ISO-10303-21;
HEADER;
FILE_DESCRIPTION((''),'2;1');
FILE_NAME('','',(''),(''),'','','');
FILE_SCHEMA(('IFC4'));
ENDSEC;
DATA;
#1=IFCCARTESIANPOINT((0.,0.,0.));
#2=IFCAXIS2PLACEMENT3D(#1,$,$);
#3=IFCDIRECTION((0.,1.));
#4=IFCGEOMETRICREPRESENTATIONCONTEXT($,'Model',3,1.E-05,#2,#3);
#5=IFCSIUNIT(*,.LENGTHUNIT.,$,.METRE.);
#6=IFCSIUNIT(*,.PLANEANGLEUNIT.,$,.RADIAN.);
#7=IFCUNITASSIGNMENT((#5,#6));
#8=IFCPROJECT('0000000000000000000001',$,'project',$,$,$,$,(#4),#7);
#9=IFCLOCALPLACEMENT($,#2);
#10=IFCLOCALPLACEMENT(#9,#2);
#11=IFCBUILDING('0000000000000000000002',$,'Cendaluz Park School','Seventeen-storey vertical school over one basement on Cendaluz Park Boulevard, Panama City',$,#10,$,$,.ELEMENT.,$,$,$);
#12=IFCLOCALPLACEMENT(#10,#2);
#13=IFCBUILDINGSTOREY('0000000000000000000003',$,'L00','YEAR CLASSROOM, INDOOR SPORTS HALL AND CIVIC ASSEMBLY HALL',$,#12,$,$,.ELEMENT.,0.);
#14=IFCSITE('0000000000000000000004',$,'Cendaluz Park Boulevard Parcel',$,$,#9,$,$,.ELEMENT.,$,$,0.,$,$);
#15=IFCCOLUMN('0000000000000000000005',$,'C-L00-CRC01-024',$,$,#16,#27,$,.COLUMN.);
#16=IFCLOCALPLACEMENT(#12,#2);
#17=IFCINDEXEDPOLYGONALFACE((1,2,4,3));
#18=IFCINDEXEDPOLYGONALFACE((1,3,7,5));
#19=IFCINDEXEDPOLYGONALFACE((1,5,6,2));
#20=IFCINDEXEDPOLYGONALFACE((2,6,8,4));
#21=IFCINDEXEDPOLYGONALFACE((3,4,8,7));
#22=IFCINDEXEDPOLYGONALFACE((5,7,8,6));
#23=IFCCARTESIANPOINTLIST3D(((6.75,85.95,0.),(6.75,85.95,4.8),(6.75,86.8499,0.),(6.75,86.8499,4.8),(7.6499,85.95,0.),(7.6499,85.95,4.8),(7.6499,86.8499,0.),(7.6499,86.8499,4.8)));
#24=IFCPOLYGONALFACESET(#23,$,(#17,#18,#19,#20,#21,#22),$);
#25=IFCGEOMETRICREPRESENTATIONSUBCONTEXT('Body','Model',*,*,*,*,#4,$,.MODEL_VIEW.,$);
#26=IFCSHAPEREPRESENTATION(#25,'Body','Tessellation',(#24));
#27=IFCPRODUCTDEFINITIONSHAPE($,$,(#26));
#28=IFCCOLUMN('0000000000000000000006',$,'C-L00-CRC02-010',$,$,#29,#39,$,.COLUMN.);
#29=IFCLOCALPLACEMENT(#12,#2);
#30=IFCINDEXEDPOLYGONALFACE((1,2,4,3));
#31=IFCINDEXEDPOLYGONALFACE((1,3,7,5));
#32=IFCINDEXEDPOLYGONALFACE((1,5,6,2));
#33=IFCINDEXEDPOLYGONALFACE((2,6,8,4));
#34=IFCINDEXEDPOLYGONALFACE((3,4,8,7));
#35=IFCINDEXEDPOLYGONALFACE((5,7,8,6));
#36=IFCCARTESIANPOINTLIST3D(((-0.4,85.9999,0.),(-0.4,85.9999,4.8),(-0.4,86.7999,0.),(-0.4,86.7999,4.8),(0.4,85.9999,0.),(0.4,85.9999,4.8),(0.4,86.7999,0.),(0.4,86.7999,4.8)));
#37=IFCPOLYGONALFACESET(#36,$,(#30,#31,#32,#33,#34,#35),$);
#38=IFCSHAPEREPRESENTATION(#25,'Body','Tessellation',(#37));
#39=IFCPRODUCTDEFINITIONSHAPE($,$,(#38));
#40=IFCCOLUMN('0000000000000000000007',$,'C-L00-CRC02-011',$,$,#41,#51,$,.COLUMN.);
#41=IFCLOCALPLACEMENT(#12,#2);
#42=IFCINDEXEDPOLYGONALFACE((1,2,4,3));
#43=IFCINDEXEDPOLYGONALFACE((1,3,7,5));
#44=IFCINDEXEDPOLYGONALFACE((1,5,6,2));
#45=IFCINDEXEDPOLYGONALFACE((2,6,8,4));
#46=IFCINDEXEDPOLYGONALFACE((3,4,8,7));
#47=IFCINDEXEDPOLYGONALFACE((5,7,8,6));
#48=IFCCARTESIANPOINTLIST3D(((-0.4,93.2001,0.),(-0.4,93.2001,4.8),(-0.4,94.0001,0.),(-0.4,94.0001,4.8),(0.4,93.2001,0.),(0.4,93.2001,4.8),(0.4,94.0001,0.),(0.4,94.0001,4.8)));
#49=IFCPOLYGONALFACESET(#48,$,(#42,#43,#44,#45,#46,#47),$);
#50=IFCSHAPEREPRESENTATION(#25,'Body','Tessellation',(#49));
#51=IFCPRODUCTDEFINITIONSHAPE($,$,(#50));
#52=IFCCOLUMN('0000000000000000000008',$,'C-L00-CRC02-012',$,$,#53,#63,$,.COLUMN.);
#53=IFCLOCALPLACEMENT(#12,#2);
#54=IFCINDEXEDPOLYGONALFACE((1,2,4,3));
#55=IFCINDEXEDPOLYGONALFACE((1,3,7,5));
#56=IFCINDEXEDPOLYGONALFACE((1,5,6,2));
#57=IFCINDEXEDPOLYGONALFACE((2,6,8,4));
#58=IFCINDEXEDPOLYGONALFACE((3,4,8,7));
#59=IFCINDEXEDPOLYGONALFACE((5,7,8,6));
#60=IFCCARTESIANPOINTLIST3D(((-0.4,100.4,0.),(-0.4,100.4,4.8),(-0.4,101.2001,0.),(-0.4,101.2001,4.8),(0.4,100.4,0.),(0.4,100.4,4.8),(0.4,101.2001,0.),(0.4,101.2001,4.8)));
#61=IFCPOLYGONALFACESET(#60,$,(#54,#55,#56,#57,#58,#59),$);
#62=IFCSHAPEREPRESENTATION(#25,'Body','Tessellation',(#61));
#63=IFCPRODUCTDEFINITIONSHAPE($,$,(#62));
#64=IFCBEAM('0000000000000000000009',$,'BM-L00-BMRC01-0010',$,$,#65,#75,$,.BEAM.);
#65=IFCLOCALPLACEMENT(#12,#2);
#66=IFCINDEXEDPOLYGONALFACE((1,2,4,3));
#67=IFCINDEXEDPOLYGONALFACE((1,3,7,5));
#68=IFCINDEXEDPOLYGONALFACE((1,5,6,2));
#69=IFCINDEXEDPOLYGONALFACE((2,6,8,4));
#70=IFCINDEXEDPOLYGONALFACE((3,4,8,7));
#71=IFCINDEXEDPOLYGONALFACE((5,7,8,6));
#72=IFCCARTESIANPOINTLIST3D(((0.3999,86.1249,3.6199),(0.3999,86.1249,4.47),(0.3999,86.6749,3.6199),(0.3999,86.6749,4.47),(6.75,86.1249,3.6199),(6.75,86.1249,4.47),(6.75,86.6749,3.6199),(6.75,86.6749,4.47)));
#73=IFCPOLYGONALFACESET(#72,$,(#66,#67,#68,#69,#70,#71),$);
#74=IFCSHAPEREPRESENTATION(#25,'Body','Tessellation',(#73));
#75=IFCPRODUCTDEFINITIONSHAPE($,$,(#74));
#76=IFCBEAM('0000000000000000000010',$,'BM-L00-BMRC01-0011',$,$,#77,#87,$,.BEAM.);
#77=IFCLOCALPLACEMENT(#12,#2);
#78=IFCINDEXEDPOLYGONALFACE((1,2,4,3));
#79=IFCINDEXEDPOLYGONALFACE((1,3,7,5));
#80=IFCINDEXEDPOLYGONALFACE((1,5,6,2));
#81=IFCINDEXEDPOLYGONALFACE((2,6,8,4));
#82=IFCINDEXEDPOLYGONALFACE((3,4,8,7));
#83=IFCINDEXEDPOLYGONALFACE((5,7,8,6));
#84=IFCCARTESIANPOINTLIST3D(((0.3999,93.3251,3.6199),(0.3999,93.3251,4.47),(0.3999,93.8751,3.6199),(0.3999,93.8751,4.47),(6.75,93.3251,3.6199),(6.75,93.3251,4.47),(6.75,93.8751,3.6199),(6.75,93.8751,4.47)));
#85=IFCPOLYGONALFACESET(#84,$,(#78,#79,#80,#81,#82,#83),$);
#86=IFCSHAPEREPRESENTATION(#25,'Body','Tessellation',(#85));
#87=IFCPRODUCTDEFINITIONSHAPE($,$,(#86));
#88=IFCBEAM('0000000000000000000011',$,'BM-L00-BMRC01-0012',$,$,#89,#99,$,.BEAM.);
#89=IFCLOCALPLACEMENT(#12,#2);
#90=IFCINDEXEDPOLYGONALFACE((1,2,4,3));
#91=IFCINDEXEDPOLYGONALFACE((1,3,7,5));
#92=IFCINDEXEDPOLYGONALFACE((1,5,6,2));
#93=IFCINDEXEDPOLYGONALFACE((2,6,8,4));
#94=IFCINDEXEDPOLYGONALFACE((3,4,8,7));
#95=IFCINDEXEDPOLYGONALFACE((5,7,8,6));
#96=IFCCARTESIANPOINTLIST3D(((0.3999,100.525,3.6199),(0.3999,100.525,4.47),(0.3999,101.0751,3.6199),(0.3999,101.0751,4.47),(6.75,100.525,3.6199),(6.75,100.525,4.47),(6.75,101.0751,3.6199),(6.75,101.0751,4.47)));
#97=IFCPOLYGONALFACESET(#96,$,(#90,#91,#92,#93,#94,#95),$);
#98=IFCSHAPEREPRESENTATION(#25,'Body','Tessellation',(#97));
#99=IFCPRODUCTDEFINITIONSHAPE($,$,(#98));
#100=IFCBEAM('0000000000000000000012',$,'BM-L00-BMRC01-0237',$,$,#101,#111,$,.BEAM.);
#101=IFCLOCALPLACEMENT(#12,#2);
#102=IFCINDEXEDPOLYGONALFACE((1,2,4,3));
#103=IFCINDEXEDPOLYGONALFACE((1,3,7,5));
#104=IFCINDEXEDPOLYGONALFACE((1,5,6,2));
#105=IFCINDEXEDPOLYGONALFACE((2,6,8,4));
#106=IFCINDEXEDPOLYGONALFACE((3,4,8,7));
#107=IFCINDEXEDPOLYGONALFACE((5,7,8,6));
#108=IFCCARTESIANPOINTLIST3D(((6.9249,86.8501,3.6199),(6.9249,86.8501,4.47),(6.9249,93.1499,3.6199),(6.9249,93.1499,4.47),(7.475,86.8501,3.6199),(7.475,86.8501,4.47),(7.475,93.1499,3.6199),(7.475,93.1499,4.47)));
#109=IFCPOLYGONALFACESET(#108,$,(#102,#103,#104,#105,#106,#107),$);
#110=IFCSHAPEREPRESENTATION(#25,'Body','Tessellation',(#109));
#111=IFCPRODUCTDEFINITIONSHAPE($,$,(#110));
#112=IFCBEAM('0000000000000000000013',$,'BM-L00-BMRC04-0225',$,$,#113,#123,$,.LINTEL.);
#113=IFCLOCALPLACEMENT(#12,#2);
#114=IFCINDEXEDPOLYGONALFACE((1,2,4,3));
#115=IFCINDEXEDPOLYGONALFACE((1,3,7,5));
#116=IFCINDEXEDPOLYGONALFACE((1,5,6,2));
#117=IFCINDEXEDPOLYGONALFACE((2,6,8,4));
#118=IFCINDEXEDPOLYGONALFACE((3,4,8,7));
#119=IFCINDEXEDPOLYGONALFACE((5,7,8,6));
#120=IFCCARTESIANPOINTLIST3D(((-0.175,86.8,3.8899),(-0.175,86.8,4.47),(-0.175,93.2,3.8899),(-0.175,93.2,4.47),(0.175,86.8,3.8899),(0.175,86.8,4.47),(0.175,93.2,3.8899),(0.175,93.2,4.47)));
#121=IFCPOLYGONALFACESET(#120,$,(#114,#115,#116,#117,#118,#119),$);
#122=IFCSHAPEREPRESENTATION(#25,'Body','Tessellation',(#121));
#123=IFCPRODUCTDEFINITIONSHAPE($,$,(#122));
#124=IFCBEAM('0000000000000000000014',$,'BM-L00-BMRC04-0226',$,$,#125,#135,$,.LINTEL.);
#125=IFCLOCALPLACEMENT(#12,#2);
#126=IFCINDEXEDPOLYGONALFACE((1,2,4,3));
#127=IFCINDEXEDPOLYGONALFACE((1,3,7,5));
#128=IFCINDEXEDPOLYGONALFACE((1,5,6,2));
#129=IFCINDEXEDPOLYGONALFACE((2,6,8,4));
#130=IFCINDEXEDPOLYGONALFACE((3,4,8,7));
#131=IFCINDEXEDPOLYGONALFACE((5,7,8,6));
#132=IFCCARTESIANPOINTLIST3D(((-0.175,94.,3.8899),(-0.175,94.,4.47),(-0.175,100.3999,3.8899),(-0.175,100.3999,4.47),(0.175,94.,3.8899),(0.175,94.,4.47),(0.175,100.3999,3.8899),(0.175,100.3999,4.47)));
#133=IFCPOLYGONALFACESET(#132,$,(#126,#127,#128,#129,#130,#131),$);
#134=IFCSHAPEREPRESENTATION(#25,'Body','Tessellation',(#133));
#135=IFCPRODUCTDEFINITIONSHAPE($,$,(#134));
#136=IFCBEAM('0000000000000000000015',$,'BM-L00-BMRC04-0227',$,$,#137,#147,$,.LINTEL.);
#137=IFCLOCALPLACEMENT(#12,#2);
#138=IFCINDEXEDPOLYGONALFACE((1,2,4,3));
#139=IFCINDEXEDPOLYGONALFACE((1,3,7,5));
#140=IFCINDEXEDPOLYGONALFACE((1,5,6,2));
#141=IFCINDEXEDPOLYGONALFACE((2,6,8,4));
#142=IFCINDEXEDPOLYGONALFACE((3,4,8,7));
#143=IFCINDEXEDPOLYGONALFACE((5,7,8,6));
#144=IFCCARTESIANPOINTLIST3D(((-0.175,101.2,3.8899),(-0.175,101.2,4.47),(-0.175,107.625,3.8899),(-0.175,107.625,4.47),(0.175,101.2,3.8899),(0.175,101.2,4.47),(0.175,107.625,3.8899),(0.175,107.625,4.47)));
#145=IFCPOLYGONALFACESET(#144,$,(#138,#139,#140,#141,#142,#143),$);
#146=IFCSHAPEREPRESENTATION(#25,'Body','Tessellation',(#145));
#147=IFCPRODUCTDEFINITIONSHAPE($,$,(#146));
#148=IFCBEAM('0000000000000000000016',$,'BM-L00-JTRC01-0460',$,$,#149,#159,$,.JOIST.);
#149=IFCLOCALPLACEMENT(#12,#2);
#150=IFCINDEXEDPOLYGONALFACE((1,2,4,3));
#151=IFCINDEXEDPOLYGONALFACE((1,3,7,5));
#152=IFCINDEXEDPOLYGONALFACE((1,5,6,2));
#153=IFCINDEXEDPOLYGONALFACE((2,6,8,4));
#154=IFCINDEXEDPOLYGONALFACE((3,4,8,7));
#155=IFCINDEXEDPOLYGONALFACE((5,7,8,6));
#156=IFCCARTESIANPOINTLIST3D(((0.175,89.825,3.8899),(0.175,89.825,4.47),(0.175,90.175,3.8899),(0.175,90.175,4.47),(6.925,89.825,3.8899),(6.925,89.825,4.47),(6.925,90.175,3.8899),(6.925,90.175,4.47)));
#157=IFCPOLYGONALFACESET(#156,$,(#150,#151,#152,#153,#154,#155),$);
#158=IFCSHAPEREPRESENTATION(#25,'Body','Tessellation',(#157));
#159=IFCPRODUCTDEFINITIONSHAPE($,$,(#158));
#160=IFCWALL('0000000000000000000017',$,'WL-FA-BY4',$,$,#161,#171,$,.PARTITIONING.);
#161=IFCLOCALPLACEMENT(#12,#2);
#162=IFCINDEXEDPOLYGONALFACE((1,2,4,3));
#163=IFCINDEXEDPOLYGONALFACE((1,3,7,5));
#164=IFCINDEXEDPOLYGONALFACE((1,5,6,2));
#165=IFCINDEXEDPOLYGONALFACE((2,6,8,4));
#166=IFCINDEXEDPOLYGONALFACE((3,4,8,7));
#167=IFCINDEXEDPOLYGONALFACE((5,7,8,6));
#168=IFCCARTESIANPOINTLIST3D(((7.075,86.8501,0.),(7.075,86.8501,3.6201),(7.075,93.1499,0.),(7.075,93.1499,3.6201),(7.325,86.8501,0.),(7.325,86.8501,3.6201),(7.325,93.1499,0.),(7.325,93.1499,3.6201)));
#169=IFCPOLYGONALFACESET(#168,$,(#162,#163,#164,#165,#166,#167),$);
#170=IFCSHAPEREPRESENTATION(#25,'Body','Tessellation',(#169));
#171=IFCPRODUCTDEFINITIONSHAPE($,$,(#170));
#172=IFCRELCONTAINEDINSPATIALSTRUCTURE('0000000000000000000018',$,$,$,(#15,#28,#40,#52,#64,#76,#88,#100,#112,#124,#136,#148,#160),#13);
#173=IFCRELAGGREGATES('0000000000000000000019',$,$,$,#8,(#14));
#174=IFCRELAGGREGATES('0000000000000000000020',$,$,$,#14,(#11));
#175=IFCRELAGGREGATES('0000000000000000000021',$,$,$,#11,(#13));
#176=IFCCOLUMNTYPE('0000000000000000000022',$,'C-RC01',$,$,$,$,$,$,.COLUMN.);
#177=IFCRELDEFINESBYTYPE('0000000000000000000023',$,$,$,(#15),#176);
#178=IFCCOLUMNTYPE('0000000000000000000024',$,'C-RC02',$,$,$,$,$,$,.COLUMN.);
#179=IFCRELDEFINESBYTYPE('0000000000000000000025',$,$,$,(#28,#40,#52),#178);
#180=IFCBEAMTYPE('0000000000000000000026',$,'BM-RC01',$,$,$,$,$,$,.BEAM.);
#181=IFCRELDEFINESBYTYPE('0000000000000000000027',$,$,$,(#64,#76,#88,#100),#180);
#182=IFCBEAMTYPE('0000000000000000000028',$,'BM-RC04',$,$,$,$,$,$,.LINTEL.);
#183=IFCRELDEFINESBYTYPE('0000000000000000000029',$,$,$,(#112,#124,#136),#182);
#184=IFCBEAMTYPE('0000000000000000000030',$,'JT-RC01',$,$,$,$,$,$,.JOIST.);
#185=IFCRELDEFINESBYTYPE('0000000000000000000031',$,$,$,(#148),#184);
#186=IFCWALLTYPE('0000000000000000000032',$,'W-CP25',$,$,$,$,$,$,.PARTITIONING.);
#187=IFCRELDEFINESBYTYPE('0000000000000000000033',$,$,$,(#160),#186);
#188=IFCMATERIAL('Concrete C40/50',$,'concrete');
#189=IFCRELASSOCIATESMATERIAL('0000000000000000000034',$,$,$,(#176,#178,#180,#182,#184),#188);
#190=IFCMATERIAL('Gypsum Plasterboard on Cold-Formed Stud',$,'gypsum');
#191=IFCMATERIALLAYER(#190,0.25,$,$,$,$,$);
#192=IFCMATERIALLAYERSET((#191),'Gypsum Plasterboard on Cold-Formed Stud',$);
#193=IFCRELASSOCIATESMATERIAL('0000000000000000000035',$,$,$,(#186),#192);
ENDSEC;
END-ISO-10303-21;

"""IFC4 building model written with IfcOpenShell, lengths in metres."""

from ifc_helpers import new_model, si_unit, direction, frame, frame_2d, origin, origin_2d, place, context, subcontext, project, spatial, rectangle, extrude, material, layer, layer_set, material_profile, profile_set, type_object, element, save


model = new_model("IFC4")

# Units and contexts
model_context = context("Model", 3, precision=1e-05, world=origin(), true_north=direction((0.0, 1.0)))
body_context = subcontext(model_context, "Body", "Model", "MODEL_VIEW")
ifc_project = project(units=[si_unit("LENGTHUNIT", "METRE"), si_unit("PLANEANGLEUNIT", "RADIAN")], contexts=[model_context])

# Site, building, storey
site_placement = place(None, origin())
site = spatial("IfcSite", under=ifc_project, at=site_placement, Name="Cendaluz Park Boulevard Parcel", CompositionType="ELEMENT", RefElevation=0.0)
building_placement = place(site_placement, origin())
building = spatial("IfcBuilding", under=site, at=building_placement, Name="Cendaluz Park School", Description="Seventeen-storey vertical school over one basement on Cendaluz Park Boulevard, Panama City", CompositionType="ELEMENT")
storey_placement = place(building_placement, origin())
storey = spatial("IfcBuildingStorey", under=building, at=storey_placement, Name="L00", Description="YEAR CLASSROOM, INDOOR SPORTS HALL AND CIVIC ASSEMBLY HALL", CompositionType="ELEMENT", Elevation=0.0)

# Columns
ifc_material_1 = material(Name="Concrete C40/50", Category="concrete")
ifc_material_profile_1 = material_profile(ifc_material_1, rectangle(XDim=0.8999, YDim=0.8999, at=origin_2d()), Name="RC 900x900", Category="concrete")
ifc_profile_set_1 = profile_set([ifc_material_profile_1], Name="Concrete C40/50")
column_type_1 = type_object("IfcColumnType", Name="C-RC01", PredefinedType="COLUMN", material=ifc_profile_set_1)
column_placement = place(storey_placement, frame((7.2, 86.3999, 0.0), z_axis=(0.0, 0.0, 1.0), x_axis=(1.0, 0.0, 0.0)))
element("IfcColumn", 1, at=column_placement, inside=storey, type_object=column_type_1, Name="C-L00-CRC01-024", PredefinedType="COLUMN", context=body_context, shape_type="SweptSolid", body=[
    extrude(rectangle(XDim=0.8999, YDim=0.8999, at=origin_2d()), origin(), (0.0, 0.0, 1.0), 4.8),
])
ifc_material_profile_2 = material_profile(ifc_material_1, rectangle(XDim=0.8, YDim=0.8, at=origin_2d()), Name="RC 800x800", Category="concrete")
ifc_profile_set_2 = profile_set([ifc_material_profile_2], Name="Concrete C40/50")
column_type_2 = type_object("IfcColumnType", Name="C-RC02", PredefinedType="COLUMN", material=ifc_profile_set_2)
for number, where, z_axis, x_axis, name in (
    (2, (0.0, 86.3999, 0.0), (0.0, 0.0, 1.0), (1.0, 0.0, 0.0), "C-L00-CRC02-010"),
    (3, (0.0, 93.6001, 0.0), (0.0, 0.0, 1.0), (1.0, 0.0, 0.0), "C-L00-CRC02-011"),
    (4, (0.0, 100.8, 0.0), (0.0, 0.0, 1.0), (1.0, 0.0, 0.0), "C-L00-CRC02-012"),
):
    element("IfcColumn", number, at=place(storey_placement, frame(where, z_axis=z_axis, x_axis=x_axis)), inside=storey, type_object=column_type_2, Name=name, PredefinedType="COLUMN", context=body_context, shape_type="SweptSolid", body=[
        extrude(rectangle(XDim=0.8, YDim=0.8, at=origin_2d()), origin(), (0.0, 0.0, 1.0), 4.8),
    ])

# Beams
ifc_material_profile_3 = material_profile(ifc_material_1, rectangle(XDim=0.55, YDim=0.8501, at=origin_2d()), Name="RC 550x850", Category="concrete")
ifc_profile_set_3 = profile_set([ifc_material_profile_3], Name="Concrete C40/50")
beam_type_1 = type_object("IfcBeamType", Name="BM-RC01", PredefinedType="BEAM", material=ifc_profile_set_3)
for number, where, z_axis, x_axis, name in (
    (5, (0.3999, 86.3999, 4.0449), (1.0, 0.0, 0.0), (0.0, 1.0, 0.0), "BM-L00-BMRC01-0010"),
    (6, (0.3999, 93.6001, 4.0449), (1.0, 0.0, 0.0), (0.0, 1.0, 0.0), "BM-L00-BMRC01-0011"),
    (7, (0.3999, 100.8, 4.0449), (1.0, 0.0, 0.0), (0.0, 1.0, 0.0), "BM-L00-BMRC01-0012"),
):
    element("IfcBeam", number, at=place(storey_placement, frame(where, z_axis=z_axis, x_axis=x_axis)), inside=storey, type_object=beam_type_1, Name=name, PredefinedType="BEAM", context=body_context, shape_type="SweptSolid", body=[
        extrude(rectangle(XDim=0.55, YDim=0.8501, at=origin_2d()), origin(), (0.0, 0.0, 1.0), 6.3501),
    ])
beam_1_placement = place(storey_placement, frame((7.2, 86.8501, 4.0449), z_axis=(0.0, 1.0, 0.0), x_axis=(-1.0, 0.0, 0.0)))
element("IfcBeam", 8, at=beam_1_placement, inside=storey, type_object=beam_type_1, Name="BM-L00-BMRC01-0237", PredefinedType="BEAM", context=body_context, shape_type="SweptSolid", body=[
    extrude(rectangle(XDim=0.55, YDim=0.8501, at=origin_2d()), origin(), (0.0, 0.0, 1.0), 6.2998),
])
ifc_material_profile_4 = material_profile(ifc_material_1, rectangle(XDim=0.3501, YDim=0.5801, at=origin_2d()), Name="RC 350x580", Category="concrete")
ifc_profile_set_4 = profile_set([ifc_material_profile_4], Name="Concrete C40/50")
beam_type_2 = type_object("IfcBeamType", Name="BM-RC04", PredefinedType="LINTEL", material=ifc_profile_set_4)
for number, where, z_axis, x_axis, name in (
    (9, (0.0, 86.8, 4.1799), (0.0, 1.0, 0.0), (-1.0, 0.0, 0.0), "BM-L00-BMRC04-0225"),
    (10, (0.0, 94.0, 4.1799), (0.0, 1.0, 0.0), (-1.0, 0.0, 0.0), "BM-L00-BMRC04-0226"),
):
    element("IfcBeam", number, at=place(storey_placement, frame(where, z_axis=z_axis, x_axis=x_axis)), inside=storey, type_object=beam_type_2, Name=name, PredefinedType="LINTEL", context=body_context, shape_type="SweptSolid", body=[
        extrude(rectangle(XDim=0.3501, YDim=0.5801, at=origin_2d()), origin(), (0.0, 0.0, 1.0), 6.3999),
    ])
beam_2_placement = place(storey_placement, frame((0.0, 101.2, 4.1799), z_axis=(0.0, 1.0, 0.0), x_axis=(-1.0, 0.0, 0.0)))
element("IfcBeam", 11, at=beam_2_placement, inside=storey, type_object=beam_type_2, Name="BM-L00-BMRC04-0227", PredefinedType="LINTEL", context=body_context, shape_type="SweptSolid", body=[
    extrude(rectangle(XDim=0.3501, YDim=0.5801, at=origin_2d()), origin(), (0.0, 0.0, 1.0), 6.425),
])
ifc_material_profile_5 = material_profile(ifc_material_1, rectangle(XDim=0.3501, YDim=0.5801, at=origin_2d()), Name="RC 350x580", Category="concrete")
ifc_profile_set_5 = profile_set([ifc_material_profile_5], Name="Concrete C40/50")
beam_type_3 = type_object("IfcBeamType", Name="JT-RC01", PredefinedType="JOIST", material=ifc_profile_set_5)
beam_3_placement = place(storey_placement, frame((0.175, 90.0, 4.1799), z_axis=(1.0, 0.0, 0.0), x_axis=(0.0, 1.0, 0.0)))
element("IfcBeam", 12, at=beam_3_placement, inside=storey, type_object=beam_type_3, Name="BM-L00-JTRC01-0460", PredefinedType="JOIST", context=body_context, shape_type="SweptSolid", body=[
    extrude(rectangle(XDim=0.3501, YDim=0.5801, at=origin_2d()), origin(), (0.0, 0.0, 1.0), 6.75),
])

# Wall
ifc_material_2 = material(Name="Gypsum Plasterboard on Cold-Formed Stud", Category="gypsum")
ifc_layer_1 = layer(ifc_material_2, 0.25)
ifc_layer_set_1 = layer_set([ifc_layer_1], Name="Gypsum Plasterboard on Cold-Formed Stud")
wall_type_1 = type_object("IfcWallType", Name="W-CP25", PredefinedType="PARTITIONING", material=ifc_layer_set_1)
wall_1_placement = place(storey_placement, frame((7.2, 86.8501, 0.0), z_axis=(0.0, 0.0, 1.0), x_axis=(0.0, 1.0, 0.0)))
element("IfcWall", 13, at=wall_1_placement, inside=storey, type_object=wall_type_1, Name="WL-FA-BY4", PredefinedType="PARTITIONING", context=body_context, shape_type="SweptSolid", body=[
    extrude(rectangle(XDim=6.2998, YDim=0.25, at=frame_2d((3.1499, 0.0))), origin(), (0.0, 0.0, 1.0), 3.6201),
])

save(model, "model.ifc")
